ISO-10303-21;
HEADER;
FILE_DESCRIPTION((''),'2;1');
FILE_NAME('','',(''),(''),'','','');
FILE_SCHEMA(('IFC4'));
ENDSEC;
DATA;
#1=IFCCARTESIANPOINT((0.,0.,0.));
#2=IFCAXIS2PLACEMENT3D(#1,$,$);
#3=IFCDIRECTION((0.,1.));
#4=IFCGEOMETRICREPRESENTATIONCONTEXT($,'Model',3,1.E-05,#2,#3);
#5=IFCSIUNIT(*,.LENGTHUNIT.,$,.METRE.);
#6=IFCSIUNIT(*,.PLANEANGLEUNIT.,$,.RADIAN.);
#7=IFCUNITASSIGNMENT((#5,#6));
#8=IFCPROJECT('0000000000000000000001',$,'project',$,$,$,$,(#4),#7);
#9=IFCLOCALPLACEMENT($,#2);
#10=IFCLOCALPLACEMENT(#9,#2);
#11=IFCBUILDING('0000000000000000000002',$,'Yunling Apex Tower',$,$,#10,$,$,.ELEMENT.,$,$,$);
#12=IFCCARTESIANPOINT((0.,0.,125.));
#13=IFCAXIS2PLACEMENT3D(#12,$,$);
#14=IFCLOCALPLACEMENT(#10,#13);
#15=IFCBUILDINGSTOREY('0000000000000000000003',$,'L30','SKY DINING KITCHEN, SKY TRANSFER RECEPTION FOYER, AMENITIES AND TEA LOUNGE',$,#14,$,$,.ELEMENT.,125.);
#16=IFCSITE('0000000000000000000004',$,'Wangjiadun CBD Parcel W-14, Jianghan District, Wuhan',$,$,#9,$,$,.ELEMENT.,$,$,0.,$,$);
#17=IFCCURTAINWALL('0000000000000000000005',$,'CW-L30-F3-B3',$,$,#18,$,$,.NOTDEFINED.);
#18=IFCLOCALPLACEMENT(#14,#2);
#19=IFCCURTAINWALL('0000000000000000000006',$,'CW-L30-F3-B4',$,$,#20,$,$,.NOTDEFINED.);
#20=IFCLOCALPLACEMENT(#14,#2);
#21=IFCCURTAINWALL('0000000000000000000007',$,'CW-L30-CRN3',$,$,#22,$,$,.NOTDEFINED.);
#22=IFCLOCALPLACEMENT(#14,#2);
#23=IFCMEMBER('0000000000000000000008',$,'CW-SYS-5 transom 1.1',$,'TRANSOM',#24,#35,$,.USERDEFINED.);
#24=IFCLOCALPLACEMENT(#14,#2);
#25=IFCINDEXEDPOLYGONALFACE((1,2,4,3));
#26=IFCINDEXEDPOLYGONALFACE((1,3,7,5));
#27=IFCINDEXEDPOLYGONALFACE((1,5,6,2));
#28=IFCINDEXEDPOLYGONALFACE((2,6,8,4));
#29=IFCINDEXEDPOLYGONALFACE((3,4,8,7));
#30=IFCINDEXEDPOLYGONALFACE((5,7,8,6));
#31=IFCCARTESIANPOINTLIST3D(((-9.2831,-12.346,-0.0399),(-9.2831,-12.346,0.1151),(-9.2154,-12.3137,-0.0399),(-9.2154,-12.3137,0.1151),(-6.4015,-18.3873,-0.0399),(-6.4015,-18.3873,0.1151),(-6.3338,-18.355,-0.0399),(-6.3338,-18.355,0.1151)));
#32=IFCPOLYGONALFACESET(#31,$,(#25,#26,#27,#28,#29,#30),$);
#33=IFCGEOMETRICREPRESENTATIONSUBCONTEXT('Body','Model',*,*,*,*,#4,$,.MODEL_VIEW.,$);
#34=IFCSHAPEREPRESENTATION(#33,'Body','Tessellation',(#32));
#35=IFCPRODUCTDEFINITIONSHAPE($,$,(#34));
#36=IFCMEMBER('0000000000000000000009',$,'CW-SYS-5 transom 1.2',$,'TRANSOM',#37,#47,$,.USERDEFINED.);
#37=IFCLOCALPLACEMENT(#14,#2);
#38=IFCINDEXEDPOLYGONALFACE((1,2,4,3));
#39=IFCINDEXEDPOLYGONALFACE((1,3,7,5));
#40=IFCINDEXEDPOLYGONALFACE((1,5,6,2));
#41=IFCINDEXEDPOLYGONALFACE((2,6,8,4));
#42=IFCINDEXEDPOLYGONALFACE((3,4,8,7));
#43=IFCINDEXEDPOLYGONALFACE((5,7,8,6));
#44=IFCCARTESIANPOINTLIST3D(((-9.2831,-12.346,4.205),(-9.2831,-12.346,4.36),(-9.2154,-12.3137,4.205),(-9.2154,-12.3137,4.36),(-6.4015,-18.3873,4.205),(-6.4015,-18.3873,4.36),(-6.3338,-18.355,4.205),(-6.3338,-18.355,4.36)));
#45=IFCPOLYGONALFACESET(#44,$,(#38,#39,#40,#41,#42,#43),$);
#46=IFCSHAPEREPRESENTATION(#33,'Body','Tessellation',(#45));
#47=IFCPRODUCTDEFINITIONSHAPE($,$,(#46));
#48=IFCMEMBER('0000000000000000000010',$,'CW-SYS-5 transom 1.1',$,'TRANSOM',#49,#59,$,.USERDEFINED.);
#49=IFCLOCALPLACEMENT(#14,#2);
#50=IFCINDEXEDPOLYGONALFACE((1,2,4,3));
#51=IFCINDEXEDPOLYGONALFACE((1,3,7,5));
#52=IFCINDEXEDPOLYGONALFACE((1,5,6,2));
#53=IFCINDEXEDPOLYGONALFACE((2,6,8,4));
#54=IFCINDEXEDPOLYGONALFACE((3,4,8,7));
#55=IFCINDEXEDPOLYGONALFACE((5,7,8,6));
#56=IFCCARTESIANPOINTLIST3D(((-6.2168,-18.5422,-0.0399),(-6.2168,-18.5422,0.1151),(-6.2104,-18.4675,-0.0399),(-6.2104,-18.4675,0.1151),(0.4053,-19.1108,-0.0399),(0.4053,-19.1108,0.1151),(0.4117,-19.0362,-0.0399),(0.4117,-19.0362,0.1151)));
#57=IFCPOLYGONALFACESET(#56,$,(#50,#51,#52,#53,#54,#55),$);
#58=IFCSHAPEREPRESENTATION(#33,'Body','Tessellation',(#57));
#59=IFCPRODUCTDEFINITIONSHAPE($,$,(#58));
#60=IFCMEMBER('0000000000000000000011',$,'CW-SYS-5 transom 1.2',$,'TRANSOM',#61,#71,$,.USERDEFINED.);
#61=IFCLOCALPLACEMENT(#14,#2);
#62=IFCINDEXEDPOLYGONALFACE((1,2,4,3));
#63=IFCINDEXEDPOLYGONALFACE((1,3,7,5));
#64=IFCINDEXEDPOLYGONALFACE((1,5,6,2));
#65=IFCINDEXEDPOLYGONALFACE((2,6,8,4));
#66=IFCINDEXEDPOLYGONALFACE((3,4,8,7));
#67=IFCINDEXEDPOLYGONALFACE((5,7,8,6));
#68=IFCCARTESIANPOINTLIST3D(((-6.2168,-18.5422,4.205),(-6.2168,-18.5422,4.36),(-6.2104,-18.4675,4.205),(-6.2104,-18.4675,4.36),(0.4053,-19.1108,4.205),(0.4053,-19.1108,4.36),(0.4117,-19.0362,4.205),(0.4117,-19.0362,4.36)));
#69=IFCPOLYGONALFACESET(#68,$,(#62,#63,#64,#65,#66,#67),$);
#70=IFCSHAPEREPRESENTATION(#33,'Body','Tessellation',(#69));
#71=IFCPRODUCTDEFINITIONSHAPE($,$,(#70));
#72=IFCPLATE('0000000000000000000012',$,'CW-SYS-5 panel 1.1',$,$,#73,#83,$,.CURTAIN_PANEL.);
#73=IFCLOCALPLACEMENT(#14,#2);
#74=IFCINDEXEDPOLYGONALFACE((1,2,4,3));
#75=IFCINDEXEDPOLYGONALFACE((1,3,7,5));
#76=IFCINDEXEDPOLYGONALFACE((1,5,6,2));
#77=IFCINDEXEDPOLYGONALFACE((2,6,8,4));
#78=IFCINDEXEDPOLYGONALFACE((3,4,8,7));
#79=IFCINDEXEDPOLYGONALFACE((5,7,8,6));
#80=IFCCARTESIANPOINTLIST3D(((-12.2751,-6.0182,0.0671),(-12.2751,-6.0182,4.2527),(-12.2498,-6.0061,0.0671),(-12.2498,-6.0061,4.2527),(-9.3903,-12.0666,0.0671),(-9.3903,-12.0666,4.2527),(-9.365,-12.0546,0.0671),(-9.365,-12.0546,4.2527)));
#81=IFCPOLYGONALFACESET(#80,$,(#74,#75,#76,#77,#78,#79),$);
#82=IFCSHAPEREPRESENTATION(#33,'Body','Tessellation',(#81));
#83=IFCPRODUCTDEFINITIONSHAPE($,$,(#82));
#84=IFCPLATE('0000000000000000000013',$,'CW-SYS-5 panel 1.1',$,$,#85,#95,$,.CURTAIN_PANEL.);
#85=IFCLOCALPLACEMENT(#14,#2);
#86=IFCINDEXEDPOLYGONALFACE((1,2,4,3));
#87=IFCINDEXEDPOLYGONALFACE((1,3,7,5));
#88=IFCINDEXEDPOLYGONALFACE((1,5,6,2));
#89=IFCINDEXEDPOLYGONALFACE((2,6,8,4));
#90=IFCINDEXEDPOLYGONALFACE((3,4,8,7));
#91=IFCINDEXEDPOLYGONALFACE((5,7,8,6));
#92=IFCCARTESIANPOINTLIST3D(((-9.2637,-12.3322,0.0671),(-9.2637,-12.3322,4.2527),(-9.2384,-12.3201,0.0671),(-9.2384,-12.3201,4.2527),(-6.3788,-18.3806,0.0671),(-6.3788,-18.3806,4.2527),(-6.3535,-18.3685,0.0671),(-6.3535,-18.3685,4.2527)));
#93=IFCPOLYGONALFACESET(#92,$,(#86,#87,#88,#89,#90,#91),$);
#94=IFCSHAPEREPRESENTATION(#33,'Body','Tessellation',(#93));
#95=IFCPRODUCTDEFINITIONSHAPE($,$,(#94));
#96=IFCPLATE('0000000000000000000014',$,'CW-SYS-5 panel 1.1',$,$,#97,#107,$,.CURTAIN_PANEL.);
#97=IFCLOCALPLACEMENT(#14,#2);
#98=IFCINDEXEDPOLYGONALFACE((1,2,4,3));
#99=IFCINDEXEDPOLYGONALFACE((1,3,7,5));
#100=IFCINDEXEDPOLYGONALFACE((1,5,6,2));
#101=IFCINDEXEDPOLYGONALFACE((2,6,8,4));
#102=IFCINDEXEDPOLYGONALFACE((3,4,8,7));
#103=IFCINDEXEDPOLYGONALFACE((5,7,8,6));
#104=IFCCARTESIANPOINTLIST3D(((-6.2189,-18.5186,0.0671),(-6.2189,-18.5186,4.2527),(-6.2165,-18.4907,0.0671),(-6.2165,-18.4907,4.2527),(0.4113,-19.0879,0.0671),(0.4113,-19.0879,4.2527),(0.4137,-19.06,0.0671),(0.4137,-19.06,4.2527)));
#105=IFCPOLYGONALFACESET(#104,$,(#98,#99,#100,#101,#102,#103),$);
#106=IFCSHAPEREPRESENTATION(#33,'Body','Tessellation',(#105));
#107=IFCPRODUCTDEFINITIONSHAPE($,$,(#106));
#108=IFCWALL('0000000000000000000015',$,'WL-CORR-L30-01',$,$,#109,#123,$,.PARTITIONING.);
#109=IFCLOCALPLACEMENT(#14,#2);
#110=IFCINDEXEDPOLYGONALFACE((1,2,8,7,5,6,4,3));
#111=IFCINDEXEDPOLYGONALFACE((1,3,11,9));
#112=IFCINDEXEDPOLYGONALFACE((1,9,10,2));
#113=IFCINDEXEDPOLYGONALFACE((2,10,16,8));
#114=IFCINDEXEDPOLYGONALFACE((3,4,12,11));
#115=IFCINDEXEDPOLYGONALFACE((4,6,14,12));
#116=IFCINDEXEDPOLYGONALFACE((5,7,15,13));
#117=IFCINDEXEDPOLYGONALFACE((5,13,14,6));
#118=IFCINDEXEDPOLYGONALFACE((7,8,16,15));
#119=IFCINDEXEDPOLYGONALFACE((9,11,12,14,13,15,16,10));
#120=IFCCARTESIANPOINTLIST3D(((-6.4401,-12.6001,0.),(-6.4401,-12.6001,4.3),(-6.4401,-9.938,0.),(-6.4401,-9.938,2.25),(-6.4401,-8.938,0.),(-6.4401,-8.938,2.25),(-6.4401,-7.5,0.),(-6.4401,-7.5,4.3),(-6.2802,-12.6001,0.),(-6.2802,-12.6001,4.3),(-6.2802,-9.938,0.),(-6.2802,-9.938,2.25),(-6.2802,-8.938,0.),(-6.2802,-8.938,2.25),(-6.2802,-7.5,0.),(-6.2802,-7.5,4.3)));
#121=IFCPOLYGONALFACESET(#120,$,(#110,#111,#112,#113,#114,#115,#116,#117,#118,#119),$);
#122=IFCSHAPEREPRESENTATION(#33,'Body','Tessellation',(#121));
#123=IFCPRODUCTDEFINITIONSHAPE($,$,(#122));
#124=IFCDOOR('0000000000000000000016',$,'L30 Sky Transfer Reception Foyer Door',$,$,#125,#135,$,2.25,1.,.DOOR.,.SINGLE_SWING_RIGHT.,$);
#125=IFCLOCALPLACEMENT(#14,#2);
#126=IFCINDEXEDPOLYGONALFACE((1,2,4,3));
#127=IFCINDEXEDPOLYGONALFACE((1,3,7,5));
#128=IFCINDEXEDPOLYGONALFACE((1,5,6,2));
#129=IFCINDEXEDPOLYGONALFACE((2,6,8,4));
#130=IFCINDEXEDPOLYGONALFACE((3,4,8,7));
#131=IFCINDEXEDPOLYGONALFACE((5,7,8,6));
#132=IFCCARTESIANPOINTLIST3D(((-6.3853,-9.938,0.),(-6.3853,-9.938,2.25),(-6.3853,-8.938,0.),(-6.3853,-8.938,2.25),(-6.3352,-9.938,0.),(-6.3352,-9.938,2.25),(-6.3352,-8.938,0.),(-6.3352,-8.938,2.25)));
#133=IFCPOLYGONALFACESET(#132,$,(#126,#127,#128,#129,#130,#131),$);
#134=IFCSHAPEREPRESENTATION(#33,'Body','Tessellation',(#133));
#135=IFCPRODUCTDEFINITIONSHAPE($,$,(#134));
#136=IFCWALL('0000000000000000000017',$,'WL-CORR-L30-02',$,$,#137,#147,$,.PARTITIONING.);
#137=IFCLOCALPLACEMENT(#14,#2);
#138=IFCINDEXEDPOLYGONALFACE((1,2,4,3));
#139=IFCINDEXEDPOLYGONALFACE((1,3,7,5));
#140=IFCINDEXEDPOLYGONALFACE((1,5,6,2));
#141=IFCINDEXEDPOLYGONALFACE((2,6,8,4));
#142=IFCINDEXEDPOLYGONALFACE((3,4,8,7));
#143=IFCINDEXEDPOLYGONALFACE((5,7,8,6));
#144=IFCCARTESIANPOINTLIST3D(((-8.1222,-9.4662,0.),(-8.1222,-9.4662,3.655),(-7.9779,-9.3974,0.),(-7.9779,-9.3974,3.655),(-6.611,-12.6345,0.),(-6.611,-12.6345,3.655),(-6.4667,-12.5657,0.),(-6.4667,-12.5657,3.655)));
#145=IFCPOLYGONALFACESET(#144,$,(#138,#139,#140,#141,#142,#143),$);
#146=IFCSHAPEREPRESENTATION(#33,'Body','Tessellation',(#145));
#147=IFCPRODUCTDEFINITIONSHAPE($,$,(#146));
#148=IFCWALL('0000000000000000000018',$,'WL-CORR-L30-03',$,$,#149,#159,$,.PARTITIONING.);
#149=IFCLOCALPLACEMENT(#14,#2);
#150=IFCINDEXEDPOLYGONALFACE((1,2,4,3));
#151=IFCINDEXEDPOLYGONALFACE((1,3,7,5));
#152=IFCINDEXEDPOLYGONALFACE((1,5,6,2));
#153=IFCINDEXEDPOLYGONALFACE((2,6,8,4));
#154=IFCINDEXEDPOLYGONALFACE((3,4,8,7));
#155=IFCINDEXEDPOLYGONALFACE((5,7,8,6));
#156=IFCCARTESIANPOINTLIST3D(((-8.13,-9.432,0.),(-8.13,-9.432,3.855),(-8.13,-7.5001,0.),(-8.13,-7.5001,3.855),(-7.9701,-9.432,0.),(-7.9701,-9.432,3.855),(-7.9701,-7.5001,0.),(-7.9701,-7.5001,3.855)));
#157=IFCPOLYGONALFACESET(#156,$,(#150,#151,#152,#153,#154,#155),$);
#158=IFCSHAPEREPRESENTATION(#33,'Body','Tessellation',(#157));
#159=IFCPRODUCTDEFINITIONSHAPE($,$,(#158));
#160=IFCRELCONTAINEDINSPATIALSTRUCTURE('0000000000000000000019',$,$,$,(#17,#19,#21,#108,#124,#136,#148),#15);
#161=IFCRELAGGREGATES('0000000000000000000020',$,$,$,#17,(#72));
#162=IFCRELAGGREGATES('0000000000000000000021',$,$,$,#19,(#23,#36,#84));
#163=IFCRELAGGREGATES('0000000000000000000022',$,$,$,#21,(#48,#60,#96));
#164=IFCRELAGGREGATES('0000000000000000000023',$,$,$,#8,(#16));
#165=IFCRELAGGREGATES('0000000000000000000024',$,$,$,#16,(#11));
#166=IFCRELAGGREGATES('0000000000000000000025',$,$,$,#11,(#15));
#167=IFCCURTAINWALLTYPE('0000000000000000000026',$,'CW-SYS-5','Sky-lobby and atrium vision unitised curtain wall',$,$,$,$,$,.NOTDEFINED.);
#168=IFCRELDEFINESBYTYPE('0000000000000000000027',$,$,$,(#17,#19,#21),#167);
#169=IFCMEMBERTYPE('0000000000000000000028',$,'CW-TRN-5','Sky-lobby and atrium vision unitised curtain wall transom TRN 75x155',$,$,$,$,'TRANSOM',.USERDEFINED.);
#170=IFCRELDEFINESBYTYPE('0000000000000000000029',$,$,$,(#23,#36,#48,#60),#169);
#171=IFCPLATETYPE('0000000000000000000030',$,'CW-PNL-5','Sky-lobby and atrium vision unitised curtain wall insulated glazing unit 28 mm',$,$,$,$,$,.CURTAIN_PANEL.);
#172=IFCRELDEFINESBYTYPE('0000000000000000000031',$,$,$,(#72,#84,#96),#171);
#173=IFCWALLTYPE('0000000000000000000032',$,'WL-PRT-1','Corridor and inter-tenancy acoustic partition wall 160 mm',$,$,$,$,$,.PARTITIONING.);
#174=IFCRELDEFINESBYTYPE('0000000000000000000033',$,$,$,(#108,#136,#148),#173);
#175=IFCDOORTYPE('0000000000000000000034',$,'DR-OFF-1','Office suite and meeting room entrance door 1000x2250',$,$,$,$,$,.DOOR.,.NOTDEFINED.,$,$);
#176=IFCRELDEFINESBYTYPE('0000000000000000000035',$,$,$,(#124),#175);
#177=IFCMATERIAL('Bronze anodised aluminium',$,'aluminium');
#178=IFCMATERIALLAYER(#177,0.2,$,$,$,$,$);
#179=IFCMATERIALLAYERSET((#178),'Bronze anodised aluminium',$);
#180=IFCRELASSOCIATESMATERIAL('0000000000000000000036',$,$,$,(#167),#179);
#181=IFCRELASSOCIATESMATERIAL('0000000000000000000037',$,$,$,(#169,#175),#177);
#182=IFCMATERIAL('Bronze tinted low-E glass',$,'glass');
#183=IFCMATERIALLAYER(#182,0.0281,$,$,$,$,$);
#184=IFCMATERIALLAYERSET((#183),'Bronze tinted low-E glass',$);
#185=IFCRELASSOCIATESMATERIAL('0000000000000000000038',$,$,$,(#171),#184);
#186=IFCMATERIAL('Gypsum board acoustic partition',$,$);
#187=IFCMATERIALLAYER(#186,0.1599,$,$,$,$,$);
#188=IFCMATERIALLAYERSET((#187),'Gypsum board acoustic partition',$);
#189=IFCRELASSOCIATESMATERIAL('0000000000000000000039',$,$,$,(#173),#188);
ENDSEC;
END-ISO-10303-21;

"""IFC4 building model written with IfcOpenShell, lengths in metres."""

from ifc_helpers import new_model, si_unit, direction, frame, frame_2d, origin, origin_2d, place, context, subcontext, project, spatial, rectangle, extrude, source, transform, mapped, material, layer, layer_set, material_profile, profile_set, type_object, element, fill, aggregate, save


model = new_model("IFC4")

# Units and contexts
model_context = context("Model", 3, precision=1e-05, world=origin(), true_north=direction((0.0, 1.0)))
body_context = subcontext(model_context, "Body", "Model", "MODEL_VIEW")
ifc_project = project(units=[si_unit("LENGTHUNIT", "METRE"), si_unit("PLANEANGLEUNIT", "RADIAN")], contexts=[model_context])

# Site, building, storey
site_placement = place(None, origin())
site = spatial("IfcSite", under=ifc_project, at=site_placement, Name="Wangjiadun CBD Parcel W-14, Jianghan District, Wuhan", CompositionType="ELEMENT", RefElevation=0.0)
building_placement = place(site_placement, origin())
building = spatial("IfcBuilding", under=site, at=building_placement, Name="Yunling Apex Tower", CompositionType="ELEMENT")
storey_placement = place(building_placement, frame((0.0, 0.0, 125.0)))
storey = spatial("IfcBuildingStorey", under=building, at=storey_placement, Name="L30", Description="SKY DINING KITCHEN, SKY TRANSFER RECEPTION FOYER, AMENITIES AND TEA LOUNGE", CompositionType="ELEMENT", Elevation=125.0)

# Curtain walls
ifc_material_1 = material(Name="Bronze anodised aluminium", Category="aluminium")
ifc_layer_1 = layer(ifc_material_1, 0.2)
ifc_layer_set_1 = layer_set([ifc_layer_1], Name="Bronze anodised aluminium")
curtain_wall_type = type_object("IfcCurtainWallType", Name="CW-SYS-5", Description="Sky-lobby and atrium vision unitised curtain wall", PredefinedType="NOTDEFINED", material=ifc_layer_set_1)
curtain_wall_1_placement = place(storey_placement, origin())
curtain_wall_1 = element("IfcCurtainWall", 1, at=curtain_wall_1_placement, inside=storey, type_object=curtain_wall_type, Name="CW-L30-F3-B3", PredefinedType="NOTDEFINED")
curtain_wall_2_placement = place(storey_placement, origin())
curtain_wall_2 = element("IfcCurtainWall", 2, at=curtain_wall_2_placement, inside=storey, type_object=curtain_wall_type, Name="CW-L30-F3-B4", PredefinedType="NOTDEFINED")

# Curtain wall
curtain_wall_3_placement = place(storey_placement, origin())
curtain_wall_3 = element("IfcCurtainWall", 3, at=curtain_wall_3_placement, inside=storey, type_object=curtain_wall_type, Name="CW-L30-CRN3", PredefinedType="NOTDEFINED")

# Members
ifc_material_profile_1 = material_profile(ifc_material_1, rectangle(XDim=0.075, YDim=0.155, at=origin_2d()))
ifc_profile_set_1 = profile_set([ifc_material_profile_1], Name="Bronze anodised aluminium")
member_type_1 = type_object("IfcMemberType", Name="CW-TRN-5", Description="Sky-lobby and atrium vision unitised curtain wall transom TRN 75x155", ElementType="TRANSOM", PredefinedType="USERDEFINED", material=ifc_profile_set_1)
shared_shape_1 = source(origin(), body_context, "Body", "SweptSolid", [
    extrude(rectangle(XDim=0.075, YDim=0.155, at=origin_2d()), origin(), (0.0, 0.0, 1.0), 6.6934),
])
member_1_placement = place(storey_placement, frame((-9.2493, -12.3298, 0.0376), z_axis=(0.430518, -0.902582, 0.0), x_axis=(0.902582, 0.430518, 0.0)))
member_1 = element("IfcMember", 4, at=member_1_placement, type_object=member_type_1, Name="CW-SYS-5 transom 1.1", ObjectType="TRANSOM", PredefinedType="USERDEFINED", context=body_context, shape_type="MappedRepresentation", body=[
    mapped(shared_shape_1, transform((0.0, 0.0, 0.0), scale=1.0)),
])
member_2_placement = place(storey_placement, frame((-9.2493, -12.3298, 4.2825), z_axis=(0.430518, -0.902582, 0.0), x_axis=(0.902582, 0.430518, 0.0)))
member_2 = element("IfcMember", 5, at=member_2_placement, type_object=member_type_1, Name="CW-SYS-5 transom 1.2", ObjectType="TRANSOM", PredefinedType="USERDEFINED", context=body_context, shape_type="MappedRepresentation", body=[
    mapped(shared_shape_1, transform((0.0, 0.0, 0.0), scale=1.0)),
])
shared_shape_2 = source(origin(), body_context, "Body", "SweptSolid", [
    extrude(rectangle(XDim=0.075, YDim=0.155, at=origin_2d()), origin(), (0.0, 0.0, 1.0), 6.6465),
])
member_3_placement = place(storey_placement, frame((-6.2136, -18.5049, 0.0376), z_axis=(0.996334, -0.08555, 0.0), x_axis=(0.08555, 0.996334, 0.0)))
member_3 = element("IfcMember", 6, at=member_3_placement, type_object=member_type_1, Name="CW-SYS-5 transom 1.1", ObjectType="TRANSOM", PredefinedType="USERDEFINED", context=body_context, shape_type="MappedRepresentation", body=[
    mapped(shared_shape_2, transform((0.0, 0.0, 0.0), scale=1.0)),
])
member_4_placement = place(storey_placement, frame((-6.2136, -18.5049, 4.2825), z_axis=(0.996334, -0.08555, 0.0), x_axis=(0.08555, 0.996334, 0.0)))
member_4 = element("IfcMember", 7, at=member_4_placement, type_object=member_type_1, Name="CW-SYS-5 transom 1.2", ObjectType="TRANSOM", PredefinedType="USERDEFINED", context=body_context, shape_type="MappedRepresentation", body=[
    mapped(shared_shape_2, transform((0.0, 0.0, 0.0), scale=1.0)),
])

# Plates
ifc_material_2 = material(Name="Bronze tinted low-E glass", Category="glass")
ifc_layer_2 = layer(ifc_material_2, 0.0281)
ifc_layer_set_2 = layer_set([ifc_layer_2], Name="Bronze tinted low-E glass")
plate_type = type_object("IfcPlateType", Name="CW-PNL-5", Description="Sky-lobby and atrium vision unitised curtain wall insulated glazing unit 28 mm", PredefinedType="CURTAIN_PANEL", material=ifc_layer_set_2)
shared_shape_3 = source(origin(), body_context, "Body", "SweptSolid", [
    extrude(rectangle(XDim=6.7012, YDim=0.0281, at=origin_2d()), origin(), (0.0, 0.0, 1.0), 4.1855),
])
plate_1_placement = place(storey_placement, frame((-10.8201, -9.0364, 0.0671), z_axis=(0.0, 0.0, 1.0), x_axis=(0.430494, -0.902593, 0.0)))
plate_1 = element("IfcPlate", 8, at=plate_1_placement, type_object=plate_type, Name="CW-SYS-5 panel 1.1", PredefinedType="CURTAIN_PANEL", context=body_context, shape_type="MappedRepresentation", body=[
    mapped(shared_shape_3, transform((0.0, 0.0, 0.0), scale=1.0)),
])
aggregate(curtain_wall_1, [plate_1])
plate_2_placement = place(storey_placement, frame((-7.8086, -15.3503, 0.0671), z_axis=(0.0, 0.0, 1.0), x_axis=(0.430512, -0.902585, 0.0)))
plate_2 = element("IfcPlate", 9, at=plate_2_placement, type_object=plate_type, Name="CW-SYS-5 panel 1.1", PredefinedType="CURTAIN_PANEL", context=body_context, shape_type="MappedRepresentation", body=[
    mapped(shared_shape_3, transform((0.0, 0.0, 0.0), scale=1.0)),
])
aggregate(curtain_wall_2, [member_1, member_2, plate_2])
shared_shape_4 = source(origin(), body_context, "Body", "SweptSolid", [
    extrude(rectangle(XDim=6.6545, YDim=0.0281, at=origin_2d()), origin(), (0.0, 0.0, 1.0), 4.1855),
])
plate_3_placement = place(storey_placement, frame((-2.9026, -18.7893, 0.0671), z_axis=(0.0, 0.0, 1.0), x_axis=(0.996334, -0.08555, 0.0)))
plate_3 = element("IfcPlate", 10, at=plate_3_placement, type_object=plate_type, Name="CW-SYS-5 panel 1.1", PredefinedType="CURTAIN_PANEL", context=body_context, shape_type="MappedRepresentation", body=[
    mapped(shared_shape_4, transform((0.0, 0.0, 0.0), scale=1.0)),
])
aggregate(curtain_wall_3, [member_3, member_4, plate_3])

# Wall, opening, door
ifc_material_3 = material(Name="Gypsum board acoustic partition")
ifc_layer_3 = layer(ifc_material_3, 0.1599)
ifc_layer_set_3 = layer_set([ifc_layer_3], Name="Gypsum board acoustic partition")
wall_type = type_object("IfcWallType", Name="WL-PRT-1", Description="Corridor and inter-tenancy acoustic partition wall 160 mm", PredefinedType="PARTITIONING", material=ifc_layer_set_3)
wall_1_placement = place(storey_placement, frame((-6.3601, -7.5, 0.0), z_axis=(0.0, 0.0, 1.0), x_axis=(0.0, -1.0, 0.0)))
wall_1 = element("IfcWall", 11, at=wall_1_placement, inside=storey, type_object=wall_type, Name="WL-CORR-L30-01", PredefinedType="PARTITIONING", context=body_context, shape_type="SweptSolid", body=[
    extrude(rectangle(XDim=5.1001, YDim=0.1599, at=frame_2d((2.55, 0.0))), origin(), (0.0, 0.0, 1.0), 4.3),
])
opening_1_placement = place(wall_1_placement, frame((1.438, 0.0, 0.0)))
opening_1 = element("IfcOpeningElement", 12, at=opening_1_placement, cuts=wall_1, PredefinedType="OPENING", context=body_context, shape_type="SweptSolid", body=[
    extrude(rectangle(XDim=1.0, YDim=2.25, at=frame_2d((0.5, 1.125))), frame((0.0, 0.0898, 0.0), z_axis=(0.0, -1.0, 0.0), x_axis=(1.0, 0.0, 0.0)), (0.0, 0.0, 1.0), 0.1799),
])
door_type = type_object("IfcDoorType", Name="DR-OFF-1", Description="Office suite and meeting room entrance door 1000x2250", OperationType="NOTDEFINED", PredefinedType="DOOR", material=ifc_material_1)
door_1_placement = place(opening_1_placement, origin())
door_1 = element("IfcDoor", 13, at=door_1_placement, inside=storey, type_object=door_type, Name="L30 Sky Transfer Reception Foyer Door", OperationType="SINGLE_SWING_RIGHT", OverallHeight=2.25, OverallWidth=1.0, PredefinedType="DOOR", context=body_context, shape_type="SweptSolid", body=[
    extrude(rectangle(XDim=1.0, YDim=2.25, at=frame_2d((0.5, 1.125))), frame((0.0, 0.0249, 0.0), z_axis=(0.0, -1.0, 0.0), x_axis=(1.0, 0.0, 0.0)), (0.0, 0.0, 1.0), 0.05),
])
fill(opening_1, door_1)

# Walls
wall_2_placement = place(storey_placement, frame((-6.5388, -12.6001, 0.0), z_axis=(0.0, 0.0, 1.0), x_axis=(-0.430527, 0.902577, 0.0)))
element("IfcWall", 14, at=wall_2_placement, inside=storey, type_object=wall_type, Name="WL-CORR-L30-02", PredefinedType="PARTITIONING", context=body_context, shape_type="SweptSolid", body=[
    extrude(rectangle(XDim=3.5103, YDim=0.1599, at=frame_2d((1.7551, 0.0))), origin(), (0.0, 0.0, 1.0), 3.655),
])
wall_3_placement = place(storey_placement, frame((-8.05, -9.4319, 0.0), z_axis=(0.0, 0.0, 1.0), x_axis=(0.0, 1.0, 0.0)))
element("IfcWall", 15, at=wall_3_placement, inside=storey, type_object=wall_type, Name="WL-CORR-L30-03", PredefinedType="PARTITIONING", context=body_context, shape_type="SweptSolid", body=[
    extrude(rectangle(XDim=1.9319, YDim=0.1599, at=frame_2d((0.9658, 0.0))), origin(), (0.0, 0.0, 1.0), 3.855),
])

save(model, "model.ifc")
